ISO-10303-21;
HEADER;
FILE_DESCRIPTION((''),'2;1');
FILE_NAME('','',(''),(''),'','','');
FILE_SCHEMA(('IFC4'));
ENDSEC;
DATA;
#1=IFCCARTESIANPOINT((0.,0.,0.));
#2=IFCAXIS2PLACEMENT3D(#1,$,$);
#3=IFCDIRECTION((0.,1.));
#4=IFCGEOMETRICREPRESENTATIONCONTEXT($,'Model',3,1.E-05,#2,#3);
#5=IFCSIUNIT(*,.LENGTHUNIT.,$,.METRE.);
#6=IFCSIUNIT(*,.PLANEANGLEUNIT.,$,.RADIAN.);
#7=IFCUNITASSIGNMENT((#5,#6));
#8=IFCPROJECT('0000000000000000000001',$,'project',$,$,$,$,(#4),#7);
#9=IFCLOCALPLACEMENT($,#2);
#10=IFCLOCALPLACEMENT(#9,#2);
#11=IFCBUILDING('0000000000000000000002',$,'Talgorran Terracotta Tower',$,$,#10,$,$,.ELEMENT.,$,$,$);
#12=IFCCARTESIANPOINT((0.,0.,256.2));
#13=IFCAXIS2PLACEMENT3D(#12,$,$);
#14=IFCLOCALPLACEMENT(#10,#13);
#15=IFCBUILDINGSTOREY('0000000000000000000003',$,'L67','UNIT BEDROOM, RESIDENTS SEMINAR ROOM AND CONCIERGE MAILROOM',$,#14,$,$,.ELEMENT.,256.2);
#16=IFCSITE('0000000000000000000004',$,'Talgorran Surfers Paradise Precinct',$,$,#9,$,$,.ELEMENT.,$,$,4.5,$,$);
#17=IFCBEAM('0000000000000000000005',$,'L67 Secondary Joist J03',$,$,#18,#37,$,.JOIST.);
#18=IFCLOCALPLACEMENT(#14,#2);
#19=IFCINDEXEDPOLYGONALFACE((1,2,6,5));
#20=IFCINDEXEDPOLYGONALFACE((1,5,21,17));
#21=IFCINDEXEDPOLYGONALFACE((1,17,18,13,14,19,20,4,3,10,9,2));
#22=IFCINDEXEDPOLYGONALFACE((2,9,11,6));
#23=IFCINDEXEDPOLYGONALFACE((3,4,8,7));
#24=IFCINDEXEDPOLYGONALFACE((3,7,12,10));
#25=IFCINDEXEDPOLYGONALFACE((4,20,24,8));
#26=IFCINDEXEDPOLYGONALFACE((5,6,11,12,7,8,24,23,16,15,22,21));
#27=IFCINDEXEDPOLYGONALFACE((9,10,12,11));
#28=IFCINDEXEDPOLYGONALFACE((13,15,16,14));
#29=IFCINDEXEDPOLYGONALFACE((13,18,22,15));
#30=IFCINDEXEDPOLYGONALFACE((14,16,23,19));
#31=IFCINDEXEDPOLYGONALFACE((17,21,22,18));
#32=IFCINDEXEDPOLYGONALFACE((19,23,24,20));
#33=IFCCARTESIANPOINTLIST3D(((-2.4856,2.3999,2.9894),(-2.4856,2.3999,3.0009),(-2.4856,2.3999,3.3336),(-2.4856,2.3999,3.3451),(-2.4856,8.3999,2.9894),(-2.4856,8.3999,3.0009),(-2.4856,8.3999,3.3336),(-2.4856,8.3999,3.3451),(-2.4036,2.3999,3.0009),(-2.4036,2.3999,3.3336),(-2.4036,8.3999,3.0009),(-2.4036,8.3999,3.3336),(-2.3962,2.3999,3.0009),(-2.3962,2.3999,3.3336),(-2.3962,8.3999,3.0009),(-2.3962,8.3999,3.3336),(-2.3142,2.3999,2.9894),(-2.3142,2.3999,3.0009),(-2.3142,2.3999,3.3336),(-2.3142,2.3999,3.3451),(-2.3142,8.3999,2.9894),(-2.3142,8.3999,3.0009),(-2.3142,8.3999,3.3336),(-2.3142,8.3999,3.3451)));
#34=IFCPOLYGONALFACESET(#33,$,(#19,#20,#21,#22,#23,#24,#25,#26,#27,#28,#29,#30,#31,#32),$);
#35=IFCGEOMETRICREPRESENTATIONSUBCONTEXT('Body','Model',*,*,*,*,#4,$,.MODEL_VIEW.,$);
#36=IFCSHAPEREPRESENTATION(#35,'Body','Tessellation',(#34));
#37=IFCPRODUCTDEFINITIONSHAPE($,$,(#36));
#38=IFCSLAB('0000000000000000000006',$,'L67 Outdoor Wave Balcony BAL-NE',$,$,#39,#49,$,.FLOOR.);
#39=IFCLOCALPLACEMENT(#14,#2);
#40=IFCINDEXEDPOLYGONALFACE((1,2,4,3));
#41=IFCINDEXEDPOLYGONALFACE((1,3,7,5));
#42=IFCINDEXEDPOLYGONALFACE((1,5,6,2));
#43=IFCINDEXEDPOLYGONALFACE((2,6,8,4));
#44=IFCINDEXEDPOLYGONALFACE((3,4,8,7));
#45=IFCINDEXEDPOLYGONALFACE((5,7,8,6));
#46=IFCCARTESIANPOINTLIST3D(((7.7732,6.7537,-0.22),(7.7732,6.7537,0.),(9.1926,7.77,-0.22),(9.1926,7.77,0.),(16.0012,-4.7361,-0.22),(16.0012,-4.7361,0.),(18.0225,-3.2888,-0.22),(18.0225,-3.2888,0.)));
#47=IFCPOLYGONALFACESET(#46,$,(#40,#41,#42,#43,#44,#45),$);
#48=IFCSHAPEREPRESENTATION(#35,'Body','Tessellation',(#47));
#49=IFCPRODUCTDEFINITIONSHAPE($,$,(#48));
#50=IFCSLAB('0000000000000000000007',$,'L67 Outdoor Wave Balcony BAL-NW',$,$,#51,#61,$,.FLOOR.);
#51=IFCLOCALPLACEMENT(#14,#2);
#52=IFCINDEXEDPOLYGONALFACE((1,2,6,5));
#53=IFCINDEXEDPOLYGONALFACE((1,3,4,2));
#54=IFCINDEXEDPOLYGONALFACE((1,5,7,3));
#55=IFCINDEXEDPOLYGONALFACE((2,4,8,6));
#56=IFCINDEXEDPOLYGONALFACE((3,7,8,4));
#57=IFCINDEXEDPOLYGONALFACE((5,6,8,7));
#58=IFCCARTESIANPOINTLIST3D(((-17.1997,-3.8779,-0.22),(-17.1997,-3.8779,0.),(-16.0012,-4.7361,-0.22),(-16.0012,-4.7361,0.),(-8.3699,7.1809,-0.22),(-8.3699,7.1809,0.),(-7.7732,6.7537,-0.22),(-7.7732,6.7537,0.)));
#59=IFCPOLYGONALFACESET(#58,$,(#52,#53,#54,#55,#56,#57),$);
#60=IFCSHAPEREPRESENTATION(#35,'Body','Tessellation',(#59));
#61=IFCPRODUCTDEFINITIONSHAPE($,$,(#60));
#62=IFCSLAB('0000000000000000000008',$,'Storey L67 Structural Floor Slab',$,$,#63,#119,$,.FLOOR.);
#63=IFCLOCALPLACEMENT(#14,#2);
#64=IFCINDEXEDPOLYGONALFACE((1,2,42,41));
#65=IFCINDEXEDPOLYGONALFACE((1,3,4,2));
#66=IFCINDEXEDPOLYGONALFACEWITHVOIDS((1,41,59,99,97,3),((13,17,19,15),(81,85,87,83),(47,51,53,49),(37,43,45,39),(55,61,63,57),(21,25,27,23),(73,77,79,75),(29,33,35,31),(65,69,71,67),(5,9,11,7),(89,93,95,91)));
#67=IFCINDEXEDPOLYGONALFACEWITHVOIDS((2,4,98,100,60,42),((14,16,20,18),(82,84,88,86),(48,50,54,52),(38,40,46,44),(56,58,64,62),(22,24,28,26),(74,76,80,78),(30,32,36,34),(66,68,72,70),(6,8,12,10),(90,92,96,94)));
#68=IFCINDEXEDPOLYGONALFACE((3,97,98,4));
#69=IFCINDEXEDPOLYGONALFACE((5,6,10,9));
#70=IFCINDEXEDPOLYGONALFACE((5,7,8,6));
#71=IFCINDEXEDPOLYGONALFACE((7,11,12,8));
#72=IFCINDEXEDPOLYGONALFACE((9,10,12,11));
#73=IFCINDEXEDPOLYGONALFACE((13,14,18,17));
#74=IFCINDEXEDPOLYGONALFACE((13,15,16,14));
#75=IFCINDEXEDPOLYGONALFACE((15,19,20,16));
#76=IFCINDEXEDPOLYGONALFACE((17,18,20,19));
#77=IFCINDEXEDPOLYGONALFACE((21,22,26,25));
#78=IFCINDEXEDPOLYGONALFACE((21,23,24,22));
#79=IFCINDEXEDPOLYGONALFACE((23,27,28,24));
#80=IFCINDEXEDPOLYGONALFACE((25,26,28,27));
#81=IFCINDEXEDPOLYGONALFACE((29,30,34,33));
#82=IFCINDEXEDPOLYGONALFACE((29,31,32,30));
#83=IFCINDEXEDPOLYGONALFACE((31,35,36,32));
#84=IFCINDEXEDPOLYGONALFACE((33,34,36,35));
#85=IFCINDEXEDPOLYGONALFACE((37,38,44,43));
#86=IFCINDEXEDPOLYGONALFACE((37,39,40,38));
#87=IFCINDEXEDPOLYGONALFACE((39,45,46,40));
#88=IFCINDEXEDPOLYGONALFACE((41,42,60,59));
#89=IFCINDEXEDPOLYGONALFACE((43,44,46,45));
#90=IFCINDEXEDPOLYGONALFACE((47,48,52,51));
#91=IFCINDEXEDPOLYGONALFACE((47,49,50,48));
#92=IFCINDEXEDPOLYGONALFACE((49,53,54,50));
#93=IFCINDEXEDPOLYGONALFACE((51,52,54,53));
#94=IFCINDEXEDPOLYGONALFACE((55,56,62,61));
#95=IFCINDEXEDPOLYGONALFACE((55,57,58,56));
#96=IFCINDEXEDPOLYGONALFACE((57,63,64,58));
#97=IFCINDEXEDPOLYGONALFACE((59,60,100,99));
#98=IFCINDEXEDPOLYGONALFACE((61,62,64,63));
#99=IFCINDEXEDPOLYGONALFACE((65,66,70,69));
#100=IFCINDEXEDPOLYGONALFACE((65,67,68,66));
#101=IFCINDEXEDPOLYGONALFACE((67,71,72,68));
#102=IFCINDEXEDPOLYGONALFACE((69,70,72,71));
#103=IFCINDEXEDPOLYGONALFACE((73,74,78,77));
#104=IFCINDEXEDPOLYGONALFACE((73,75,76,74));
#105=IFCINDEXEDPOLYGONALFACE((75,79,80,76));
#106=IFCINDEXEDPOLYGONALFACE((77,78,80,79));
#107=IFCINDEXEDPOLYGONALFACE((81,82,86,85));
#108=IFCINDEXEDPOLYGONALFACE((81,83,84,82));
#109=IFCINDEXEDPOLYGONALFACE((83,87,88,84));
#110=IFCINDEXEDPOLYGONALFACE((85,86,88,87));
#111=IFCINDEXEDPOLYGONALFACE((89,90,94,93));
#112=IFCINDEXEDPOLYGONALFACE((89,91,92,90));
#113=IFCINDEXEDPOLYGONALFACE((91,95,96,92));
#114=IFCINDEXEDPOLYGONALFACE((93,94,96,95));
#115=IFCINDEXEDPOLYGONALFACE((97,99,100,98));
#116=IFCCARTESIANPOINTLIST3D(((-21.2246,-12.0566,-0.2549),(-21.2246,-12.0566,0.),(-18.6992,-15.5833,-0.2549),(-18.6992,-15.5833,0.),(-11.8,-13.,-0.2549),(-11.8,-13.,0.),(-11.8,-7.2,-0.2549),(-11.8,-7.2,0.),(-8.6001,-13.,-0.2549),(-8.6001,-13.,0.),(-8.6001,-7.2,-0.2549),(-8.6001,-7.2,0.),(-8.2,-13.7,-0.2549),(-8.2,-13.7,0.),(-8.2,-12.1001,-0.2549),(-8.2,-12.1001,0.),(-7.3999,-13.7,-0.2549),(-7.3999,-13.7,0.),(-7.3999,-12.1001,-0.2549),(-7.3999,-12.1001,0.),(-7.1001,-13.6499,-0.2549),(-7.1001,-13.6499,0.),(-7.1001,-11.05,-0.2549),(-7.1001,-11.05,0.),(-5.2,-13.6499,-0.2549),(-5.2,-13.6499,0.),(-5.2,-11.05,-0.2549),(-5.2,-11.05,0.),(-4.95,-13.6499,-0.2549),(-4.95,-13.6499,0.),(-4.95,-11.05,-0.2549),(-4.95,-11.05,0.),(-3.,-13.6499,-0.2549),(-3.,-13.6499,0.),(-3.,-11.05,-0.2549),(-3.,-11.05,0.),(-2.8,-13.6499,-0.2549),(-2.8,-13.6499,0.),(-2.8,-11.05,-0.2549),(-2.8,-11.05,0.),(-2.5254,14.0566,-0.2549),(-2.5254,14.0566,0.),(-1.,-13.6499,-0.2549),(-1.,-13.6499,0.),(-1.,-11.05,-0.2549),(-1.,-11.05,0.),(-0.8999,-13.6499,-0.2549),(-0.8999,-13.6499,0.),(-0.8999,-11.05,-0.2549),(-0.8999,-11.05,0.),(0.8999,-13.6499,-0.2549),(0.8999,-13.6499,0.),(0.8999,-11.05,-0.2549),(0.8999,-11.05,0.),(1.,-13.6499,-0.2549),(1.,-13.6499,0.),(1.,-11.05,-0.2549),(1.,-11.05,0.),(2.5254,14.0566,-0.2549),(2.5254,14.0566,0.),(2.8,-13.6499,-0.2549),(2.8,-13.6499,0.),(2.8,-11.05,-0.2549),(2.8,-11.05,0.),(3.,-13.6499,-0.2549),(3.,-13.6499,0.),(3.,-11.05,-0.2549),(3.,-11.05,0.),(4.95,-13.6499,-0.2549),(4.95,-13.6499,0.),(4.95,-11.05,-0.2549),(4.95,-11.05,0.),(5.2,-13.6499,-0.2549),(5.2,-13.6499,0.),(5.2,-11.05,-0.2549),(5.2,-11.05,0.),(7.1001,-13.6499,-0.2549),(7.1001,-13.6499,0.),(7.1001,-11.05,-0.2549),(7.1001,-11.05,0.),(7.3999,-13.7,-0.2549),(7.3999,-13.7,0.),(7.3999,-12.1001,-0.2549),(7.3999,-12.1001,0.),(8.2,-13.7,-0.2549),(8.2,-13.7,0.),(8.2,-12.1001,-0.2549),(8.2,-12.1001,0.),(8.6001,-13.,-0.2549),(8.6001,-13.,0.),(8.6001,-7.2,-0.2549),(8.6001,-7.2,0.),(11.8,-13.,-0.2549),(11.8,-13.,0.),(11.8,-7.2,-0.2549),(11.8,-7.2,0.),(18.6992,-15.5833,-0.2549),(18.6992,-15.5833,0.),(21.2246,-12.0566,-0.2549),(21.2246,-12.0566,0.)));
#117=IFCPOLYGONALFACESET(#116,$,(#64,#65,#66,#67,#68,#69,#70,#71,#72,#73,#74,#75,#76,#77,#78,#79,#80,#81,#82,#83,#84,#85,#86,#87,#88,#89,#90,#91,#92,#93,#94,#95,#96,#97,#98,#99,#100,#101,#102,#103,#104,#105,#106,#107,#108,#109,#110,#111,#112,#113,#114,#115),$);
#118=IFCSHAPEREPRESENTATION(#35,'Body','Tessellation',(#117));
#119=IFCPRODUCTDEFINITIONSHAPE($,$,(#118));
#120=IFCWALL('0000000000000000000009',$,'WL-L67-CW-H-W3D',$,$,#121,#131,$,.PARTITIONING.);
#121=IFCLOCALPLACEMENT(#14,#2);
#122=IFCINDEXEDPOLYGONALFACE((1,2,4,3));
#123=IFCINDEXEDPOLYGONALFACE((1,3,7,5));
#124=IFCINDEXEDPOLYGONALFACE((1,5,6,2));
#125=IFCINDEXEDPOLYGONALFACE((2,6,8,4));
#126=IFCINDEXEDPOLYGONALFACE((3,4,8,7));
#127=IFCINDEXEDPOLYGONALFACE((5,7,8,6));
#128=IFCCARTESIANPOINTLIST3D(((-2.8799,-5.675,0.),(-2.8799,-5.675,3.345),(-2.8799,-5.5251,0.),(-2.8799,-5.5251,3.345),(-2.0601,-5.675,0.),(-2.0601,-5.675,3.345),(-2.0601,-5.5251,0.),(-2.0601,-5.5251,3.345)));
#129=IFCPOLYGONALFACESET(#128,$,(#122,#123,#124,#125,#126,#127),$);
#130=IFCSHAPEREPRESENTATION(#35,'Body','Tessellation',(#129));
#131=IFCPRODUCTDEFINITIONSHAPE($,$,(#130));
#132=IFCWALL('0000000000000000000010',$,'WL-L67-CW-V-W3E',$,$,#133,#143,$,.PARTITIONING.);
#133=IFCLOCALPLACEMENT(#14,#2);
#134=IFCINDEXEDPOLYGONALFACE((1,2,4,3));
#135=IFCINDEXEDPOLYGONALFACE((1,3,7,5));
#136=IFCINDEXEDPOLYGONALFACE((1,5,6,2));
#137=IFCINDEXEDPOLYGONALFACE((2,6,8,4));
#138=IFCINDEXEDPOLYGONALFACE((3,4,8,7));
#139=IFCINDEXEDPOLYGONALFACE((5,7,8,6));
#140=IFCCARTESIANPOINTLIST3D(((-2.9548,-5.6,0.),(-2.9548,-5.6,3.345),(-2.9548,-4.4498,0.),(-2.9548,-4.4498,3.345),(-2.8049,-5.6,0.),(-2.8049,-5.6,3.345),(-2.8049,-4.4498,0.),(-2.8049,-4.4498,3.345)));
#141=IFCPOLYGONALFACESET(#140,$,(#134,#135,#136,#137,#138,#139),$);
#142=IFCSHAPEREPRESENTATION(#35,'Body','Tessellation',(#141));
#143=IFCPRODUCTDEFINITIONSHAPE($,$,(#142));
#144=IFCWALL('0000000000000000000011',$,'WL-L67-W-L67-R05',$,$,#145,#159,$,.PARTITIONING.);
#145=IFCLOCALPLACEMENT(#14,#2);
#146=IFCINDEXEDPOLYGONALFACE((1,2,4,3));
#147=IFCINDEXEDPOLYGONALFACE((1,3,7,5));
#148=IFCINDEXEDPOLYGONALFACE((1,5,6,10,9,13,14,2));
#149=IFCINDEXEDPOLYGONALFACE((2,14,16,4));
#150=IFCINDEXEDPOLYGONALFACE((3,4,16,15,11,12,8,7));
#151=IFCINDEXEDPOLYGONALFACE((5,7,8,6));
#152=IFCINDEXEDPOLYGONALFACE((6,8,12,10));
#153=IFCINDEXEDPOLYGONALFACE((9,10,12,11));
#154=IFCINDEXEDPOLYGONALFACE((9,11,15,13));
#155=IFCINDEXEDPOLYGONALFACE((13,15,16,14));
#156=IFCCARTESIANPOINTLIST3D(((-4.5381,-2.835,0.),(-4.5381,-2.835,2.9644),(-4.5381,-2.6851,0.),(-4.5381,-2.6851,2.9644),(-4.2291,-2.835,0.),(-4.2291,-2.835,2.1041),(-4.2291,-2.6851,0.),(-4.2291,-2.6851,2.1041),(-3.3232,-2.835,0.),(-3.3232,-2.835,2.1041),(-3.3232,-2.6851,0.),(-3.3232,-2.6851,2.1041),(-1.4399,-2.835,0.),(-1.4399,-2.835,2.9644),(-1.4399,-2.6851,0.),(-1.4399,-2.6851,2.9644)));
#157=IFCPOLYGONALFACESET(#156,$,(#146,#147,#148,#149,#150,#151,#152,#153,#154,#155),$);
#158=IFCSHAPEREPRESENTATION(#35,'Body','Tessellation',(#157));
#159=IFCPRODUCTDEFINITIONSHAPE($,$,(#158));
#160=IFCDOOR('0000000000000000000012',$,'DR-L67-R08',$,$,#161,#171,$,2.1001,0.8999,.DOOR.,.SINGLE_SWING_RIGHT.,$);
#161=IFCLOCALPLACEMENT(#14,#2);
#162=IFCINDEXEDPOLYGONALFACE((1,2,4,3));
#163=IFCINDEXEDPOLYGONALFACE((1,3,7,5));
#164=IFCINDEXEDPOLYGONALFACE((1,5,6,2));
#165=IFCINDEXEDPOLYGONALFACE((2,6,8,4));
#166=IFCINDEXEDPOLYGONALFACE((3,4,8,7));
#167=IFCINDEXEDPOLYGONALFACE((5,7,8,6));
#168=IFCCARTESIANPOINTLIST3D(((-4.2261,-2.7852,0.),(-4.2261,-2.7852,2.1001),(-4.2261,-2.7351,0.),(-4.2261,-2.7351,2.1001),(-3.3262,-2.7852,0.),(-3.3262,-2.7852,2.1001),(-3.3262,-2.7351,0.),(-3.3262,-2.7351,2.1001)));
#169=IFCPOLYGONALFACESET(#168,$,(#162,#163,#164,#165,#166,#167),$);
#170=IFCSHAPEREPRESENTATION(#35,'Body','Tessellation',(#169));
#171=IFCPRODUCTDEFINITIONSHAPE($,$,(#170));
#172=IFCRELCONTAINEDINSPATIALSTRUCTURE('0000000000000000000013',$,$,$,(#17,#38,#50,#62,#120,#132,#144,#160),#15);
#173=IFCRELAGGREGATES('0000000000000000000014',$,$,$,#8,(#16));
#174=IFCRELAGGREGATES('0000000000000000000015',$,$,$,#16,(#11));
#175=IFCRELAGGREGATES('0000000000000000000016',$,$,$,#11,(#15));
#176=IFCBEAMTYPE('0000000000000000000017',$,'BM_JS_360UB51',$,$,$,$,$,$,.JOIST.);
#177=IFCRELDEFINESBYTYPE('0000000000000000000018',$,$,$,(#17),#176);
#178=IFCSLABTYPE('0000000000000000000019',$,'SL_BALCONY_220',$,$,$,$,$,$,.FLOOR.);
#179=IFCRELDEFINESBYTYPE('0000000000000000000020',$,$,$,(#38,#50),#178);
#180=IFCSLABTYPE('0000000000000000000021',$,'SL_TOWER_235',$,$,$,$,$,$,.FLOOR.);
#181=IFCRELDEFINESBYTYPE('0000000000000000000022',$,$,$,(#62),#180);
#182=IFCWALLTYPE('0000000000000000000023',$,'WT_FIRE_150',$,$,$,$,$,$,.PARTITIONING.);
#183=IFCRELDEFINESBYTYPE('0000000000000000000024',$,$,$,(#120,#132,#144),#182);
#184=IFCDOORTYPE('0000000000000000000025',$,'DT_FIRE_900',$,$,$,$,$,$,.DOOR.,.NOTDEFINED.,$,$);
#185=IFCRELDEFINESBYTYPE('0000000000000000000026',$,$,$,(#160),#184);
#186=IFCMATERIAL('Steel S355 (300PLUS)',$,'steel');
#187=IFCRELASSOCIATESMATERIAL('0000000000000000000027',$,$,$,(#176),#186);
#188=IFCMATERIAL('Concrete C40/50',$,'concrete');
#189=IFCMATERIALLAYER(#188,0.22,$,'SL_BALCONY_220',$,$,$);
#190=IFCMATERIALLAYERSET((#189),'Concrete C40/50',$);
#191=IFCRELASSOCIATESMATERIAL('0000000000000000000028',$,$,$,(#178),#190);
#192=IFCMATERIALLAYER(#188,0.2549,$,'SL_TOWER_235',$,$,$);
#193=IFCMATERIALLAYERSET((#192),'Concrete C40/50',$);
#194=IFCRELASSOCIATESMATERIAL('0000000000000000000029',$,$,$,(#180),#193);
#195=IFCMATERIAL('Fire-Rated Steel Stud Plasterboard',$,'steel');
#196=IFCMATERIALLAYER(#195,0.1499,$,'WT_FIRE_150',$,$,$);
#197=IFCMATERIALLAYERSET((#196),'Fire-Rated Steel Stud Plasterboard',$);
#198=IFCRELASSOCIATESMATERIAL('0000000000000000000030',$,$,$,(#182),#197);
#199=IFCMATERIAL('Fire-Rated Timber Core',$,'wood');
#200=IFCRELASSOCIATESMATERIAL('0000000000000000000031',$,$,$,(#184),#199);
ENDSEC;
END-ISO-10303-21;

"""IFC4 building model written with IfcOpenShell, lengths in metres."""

from ifc_helpers import new_model, si_unit, direction, frame, frame_2d, origin, origin_2d, place, context, subcontext, project, spatial, polyline, rectangle, i_section, outline, extrude, material, layer, layer_set, material_profile, profile_set, type_object, element, fill, save


model = new_model("IFC4")

# Units and contexts
model_context = context("Model", 3, precision=1e-05, world=origin(), true_north=direction((0.0, 1.0)))
body_context = subcontext(model_context, "Body", "Model", "MODEL_VIEW")
ifc_project = project(units=[si_unit("LENGTHUNIT", "METRE"), si_unit("PLANEANGLEUNIT", "RADIAN")], contexts=[model_context])

# Site, building, storey
site_placement = place(None, origin())
site = spatial("IfcSite", under=ifc_project, at=site_placement, Name="Talgorran Surfers Paradise Precinct", CompositionType="ELEMENT", RefElevation=4.5)
building_placement = place(site_placement, origin())
building = spatial("IfcBuilding", under=site, at=building_placement, Name="Talgorran Terracotta Tower", CompositionType="ELEMENT")
storey_placement = place(building_placement, frame((0.0, 0.0, 256.2)))
storey = spatial("IfcBuildingStorey", under=building, at=storey_placement, Name="L67", Description="UNIT BEDROOM, RESIDENTS SEMINAR ROOM AND CONCIERGE MAILROOM", CompositionType="ELEMENT", Elevation=256.2)

# Shared definitions
ifc_material_1 = material(Name="Steel S355 (300PLUS)", Category="steel")

# Beam
ifc_material_profile_1 = material_profile(ifc_material_1, i_section(OverallWidth=0.1714, OverallDepth=0.3557, WebThickness=0.0073, FlangeThickness=0.0115, at=origin_2d()), Name="360UB50.7")
ifc_profile_set_1 = profile_set([ifc_material_profile_1], Name="Steel S355 (300PLUS)")
beam_type_1 = type_object("IfcBeamType", Name="BM_JS_360UB51", PredefinedType="JOIST", material=ifc_profile_set_1)
beam_1_placement = place(storey_placement, frame((-2.3999, 2.3999, 3.1672), z_axis=(0.0, 1.0, 0.0), x_axis=(-1.0, 0.0, 0.0)))
element("IfcBeam", 1, at=beam_1_placement, inside=storey, type_object=beam_type_1, Name="L67 Secondary Joist J03", PredefinedType="JOIST", context=body_context, shape_type="SweptSolid", body=[
    extrude(i_section(OverallWidth=0.1714, OverallDepth=0.3557, WebThickness=0.0073, FlangeThickness=0.0115, at=origin_2d()), origin(), (0.0, 0.0, 1.0), 6.0),
])

# Slabs
ifc_material_2 = material(Name="Concrete C40/50", Category="concrete")
ifc_layer_1 = layer(ifc_material_2, 0.22, Name="SL_BALCONY_220")
ifc_layer_set_1 = layer_set([ifc_layer_1], Name="Concrete C40/50")
slab_type_1 = type_object("IfcSlabType", Name="SL_BALCONY_220", PredefinedType="FLOOR", material=ifc_layer_set_1)
slab_1_placement = place(storey_placement, frame((0.0, 0.0, -0.22)))
element("IfcSlab", 2, at=slab_1_placement, inside=storey, type_object=slab_type_1, Name="L67 Outdoor Wave Balcony BAL-NE", PredefinedType="FLOOR", context=body_context, shape_type="SweptSolid", body=[
    extrude(outline(polyline([(7.7732, 6.7537), (16.0012, -4.7361), (18.0225, -3.2888), (9.1926, 7.77), (7.7732, 6.7537)])), origin(), (0.0, 0.0, 1.0), 0.22),
])
slab_2_placement = place(storey_placement, frame((0.0, 0.0, -0.22)))
element("IfcSlab", 3, at=slab_2_placement, inside=storey, type_object=slab_type_1, Name="L67 Outdoor Wave Balcony BAL-NW", PredefinedType="FLOOR", context=body_context, shape_type="SweptSolid", body=[
    extrude(outline(polyline([(-16.0012, -4.7361), (-7.7732, 6.7537), (-8.3699, 7.1809), (-17.1997, -3.8779), (-16.0012, -4.7361)])), origin(), (0.0, 0.0, 1.0), 0.22),
])
ifc_layer_2 = layer(ifc_material_2, 0.2549, Name="SL_TOWER_235")
ifc_layer_set_2 = layer_set([ifc_layer_2], Name="Concrete C40/50")
slab_type_2 = type_object("IfcSlabType", Name="SL_TOWER_235", PredefinedType="FLOOR", material=ifc_layer_set_2)
slab_3_placement = place(storey_placement, frame((0.0, 0.0, -0.2549)))
element("IfcSlab", 4, at=slab_3_placement, inside=storey, type_object=slab_type_2, Name="Storey L67 Structural Floor Slab", PredefinedType="FLOOR", context=body_context, shape_type="SweptSolid", body=[
    extrude(outline(polyline([(-21.2246, -12.0566), (-18.6992, -15.5833), (18.6992, -15.5833), (21.2246, -12.0566), (2.5254, 14.0566), (-2.5254, 14.0566), (-21.2246, -12.0566)]), holes=[polyline([(-11.8, -7.2), (-11.8, -13.0), (-8.6001, -13.0), (-8.6001, -7.2), (-11.8, -7.2)]), polyline([(8.6001, -7.2), (8.6001, -13.0), (11.8, -13.0), (11.8, -7.2), (8.6001, -7.2)]), polyline([(-7.1001, -13.6499), (-5.2, -13.6499), (-5.2, -11.05), (-7.1001, -11.05), (-7.1001, -13.6499)]), polyline([(5.2, -13.6499), (7.1001, -13.6499), (7.1001, -11.05), (5.2, -11.05), (5.2, -13.6499)]), polyline([(3.0, -13.6499), (4.95, -13.6499), (4.95, -11.05), (3.0, -11.05), (3.0, -13.6499)]), polyline([(-4.95, -13.6499), (-3.0, -13.6499), (-3.0, -11.05), (-4.95, -11.05), (-4.95, -13.6499)]), polyline([(-2.8, -13.6499), (-1.0, -13.6499), (-1.0, -11.05), (-2.8, -11.05), (-2.8, -13.6499)]), polyline([(-0.8999, -13.6499), (0.8999, -13.6499), (0.8999, -11.05), (-0.8999, -11.05), (-0.8999, -13.6499)]), polyline([(1.0, -13.6499), (2.8, -13.6499), (2.8, -11.05), (1.0, -11.05), (1.0, -13.6499)]), polyline([(-8.2, -13.7), (-7.3999, -13.7), (-7.3999, -12.1001), (-8.2, -12.1001), (-8.2, -13.7)]), polyline([(7.3999, -13.7), (8.2, -13.7), (8.2, -12.1001), (7.3999, -12.1001), (7.3999, -13.7)])]), origin(), (0.0, 0.0, 1.0), 0.2549),
])

# Walls
ifc_material_3 = material(Name="Fire-Rated Steel Stud Plasterboard", Category="steel")
ifc_layer_3 = layer(ifc_material_3, 0.1499, Name="WT_FIRE_150")
ifc_layer_set_3 = layer_set([ifc_layer_3], Name="Fire-Rated Steel Stud Plasterboard")
wall_type_1 = type_object("IfcWallType", Name="WT_FIRE_150", PredefinedType="PARTITIONING", material=ifc_layer_set_3)
wall_1_placement = place(storey_placement, frame((-2.8799, -5.6001, 0.0), z_axis=(0.0, 0.0, 1.0), x_axis=(1.0, 0.0, 0.0)))
element("IfcWall", 5, at=wall_1_placement, inside=storey, type_object=wall_type_1, Name="WL-L67-CW-H-W3D", PredefinedType="PARTITIONING", context=body_context, shape_type="SweptSolid", body=[
    extrude(rectangle(XDim=0.8198, YDim=0.1499, at=frame_2d((0.4099, 0.0))), origin(), (0.0, 0.0, 1.0), 3.345),
])
wall_2_placement = place(storey_placement, frame((-2.8799, -5.6001, 0.0), z_axis=(0.0, 0.0, 1.0), x_axis=(0.0, 1.0, 0.0)))
element("IfcWall", 6, at=wall_2_placement, inside=storey, type_object=wall_type_1, Name="WL-L67-CW-V-W3E", PredefinedType="PARTITIONING", context=body_context, shape_type="SweptSolid", body=[
    extrude(rectangle(XDim=1.1501, YDim=0.1499, at=frame_2d((0.5752, 0.0))), origin(), (0.0, 0.0, 1.0), 3.345),
])

# Wall, opening, door
wall_3_placement = place(storey_placement, frame((-4.5381, -2.76, 0.0), z_axis=(0.0, 0.0, 1.0), x_axis=(1.0, 0.0, 0.0)))
wall_3 = element("IfcWall", 7, at=wall_3_placement, inside=storey, type_object=wall_type_1, Name="WL-L67-W-L67-R05", PredefinedType="PARTITIONING", context=body_context, shape_type="SweptSolid", body=[
    extrude(rectangle(XDim=3.0981, YDim=0.1499, at=frame_2d((1.5491, 0.0))), origin(), (0.0, 0.0, 1.0), 2.9644),
])
opening_1_placement = place(wall_3_placement, frame((0.312, 0.0, 0.0)))
opening_1 = element("IfcOpeningElement", 8, at=opening_1_placement, cuts=wall_3, PredefinedType="OPENING", context=body_context, shape_type="SweptSolid", body=[
    extrude(rectangle(XDim=0.9059, YDim=2.1041, at=frame_2d((0.45, 1.052))), frame((0.0, 0.085, 0.0), z_axis=(0.0, -1.0, 0.0), x_axis=(1.0, 0.0, 0.0)), (0.0, 0.0, 1.0), 0.1699),
])
ifc_material_4 = material(Name="Fire-Rated Timber Core", Category="wood")
door_type_1 = type_object("IfcDoorType", Name="DT_FIRE_900", OperationType="NOTDEFINED", PredefinedType="DOOR", material=ifc_material_4)
door_1_placement = place(opening_1_placement, origin())
door_1 = element("IfcDoor", 9, at=door_1_placement, inside=storey, type_object=door_type_1, Name="DR-L67-R08", OperationType="SINGLE_SWING_RIGHT", OverallHeight=2.1001, OverallWidth=0.8999, PredefinedType="DOOR", context=body_context, shape_type="SweptSolid", body=[
    extrude(rectangle(XDim=0.8999, YDim=2.1001, at=frame_2d((0.45, 1.05))), frame((0.0, 0.0249, 0.0), z_axis=(0.0, -1.0, 0.0), x_axis=(1.0, 0.0, 0.0)), (0.0, 0.0, 1.0), 0.05),
])
fill(opening_1, door_1)

save(model, "model.ifc")
